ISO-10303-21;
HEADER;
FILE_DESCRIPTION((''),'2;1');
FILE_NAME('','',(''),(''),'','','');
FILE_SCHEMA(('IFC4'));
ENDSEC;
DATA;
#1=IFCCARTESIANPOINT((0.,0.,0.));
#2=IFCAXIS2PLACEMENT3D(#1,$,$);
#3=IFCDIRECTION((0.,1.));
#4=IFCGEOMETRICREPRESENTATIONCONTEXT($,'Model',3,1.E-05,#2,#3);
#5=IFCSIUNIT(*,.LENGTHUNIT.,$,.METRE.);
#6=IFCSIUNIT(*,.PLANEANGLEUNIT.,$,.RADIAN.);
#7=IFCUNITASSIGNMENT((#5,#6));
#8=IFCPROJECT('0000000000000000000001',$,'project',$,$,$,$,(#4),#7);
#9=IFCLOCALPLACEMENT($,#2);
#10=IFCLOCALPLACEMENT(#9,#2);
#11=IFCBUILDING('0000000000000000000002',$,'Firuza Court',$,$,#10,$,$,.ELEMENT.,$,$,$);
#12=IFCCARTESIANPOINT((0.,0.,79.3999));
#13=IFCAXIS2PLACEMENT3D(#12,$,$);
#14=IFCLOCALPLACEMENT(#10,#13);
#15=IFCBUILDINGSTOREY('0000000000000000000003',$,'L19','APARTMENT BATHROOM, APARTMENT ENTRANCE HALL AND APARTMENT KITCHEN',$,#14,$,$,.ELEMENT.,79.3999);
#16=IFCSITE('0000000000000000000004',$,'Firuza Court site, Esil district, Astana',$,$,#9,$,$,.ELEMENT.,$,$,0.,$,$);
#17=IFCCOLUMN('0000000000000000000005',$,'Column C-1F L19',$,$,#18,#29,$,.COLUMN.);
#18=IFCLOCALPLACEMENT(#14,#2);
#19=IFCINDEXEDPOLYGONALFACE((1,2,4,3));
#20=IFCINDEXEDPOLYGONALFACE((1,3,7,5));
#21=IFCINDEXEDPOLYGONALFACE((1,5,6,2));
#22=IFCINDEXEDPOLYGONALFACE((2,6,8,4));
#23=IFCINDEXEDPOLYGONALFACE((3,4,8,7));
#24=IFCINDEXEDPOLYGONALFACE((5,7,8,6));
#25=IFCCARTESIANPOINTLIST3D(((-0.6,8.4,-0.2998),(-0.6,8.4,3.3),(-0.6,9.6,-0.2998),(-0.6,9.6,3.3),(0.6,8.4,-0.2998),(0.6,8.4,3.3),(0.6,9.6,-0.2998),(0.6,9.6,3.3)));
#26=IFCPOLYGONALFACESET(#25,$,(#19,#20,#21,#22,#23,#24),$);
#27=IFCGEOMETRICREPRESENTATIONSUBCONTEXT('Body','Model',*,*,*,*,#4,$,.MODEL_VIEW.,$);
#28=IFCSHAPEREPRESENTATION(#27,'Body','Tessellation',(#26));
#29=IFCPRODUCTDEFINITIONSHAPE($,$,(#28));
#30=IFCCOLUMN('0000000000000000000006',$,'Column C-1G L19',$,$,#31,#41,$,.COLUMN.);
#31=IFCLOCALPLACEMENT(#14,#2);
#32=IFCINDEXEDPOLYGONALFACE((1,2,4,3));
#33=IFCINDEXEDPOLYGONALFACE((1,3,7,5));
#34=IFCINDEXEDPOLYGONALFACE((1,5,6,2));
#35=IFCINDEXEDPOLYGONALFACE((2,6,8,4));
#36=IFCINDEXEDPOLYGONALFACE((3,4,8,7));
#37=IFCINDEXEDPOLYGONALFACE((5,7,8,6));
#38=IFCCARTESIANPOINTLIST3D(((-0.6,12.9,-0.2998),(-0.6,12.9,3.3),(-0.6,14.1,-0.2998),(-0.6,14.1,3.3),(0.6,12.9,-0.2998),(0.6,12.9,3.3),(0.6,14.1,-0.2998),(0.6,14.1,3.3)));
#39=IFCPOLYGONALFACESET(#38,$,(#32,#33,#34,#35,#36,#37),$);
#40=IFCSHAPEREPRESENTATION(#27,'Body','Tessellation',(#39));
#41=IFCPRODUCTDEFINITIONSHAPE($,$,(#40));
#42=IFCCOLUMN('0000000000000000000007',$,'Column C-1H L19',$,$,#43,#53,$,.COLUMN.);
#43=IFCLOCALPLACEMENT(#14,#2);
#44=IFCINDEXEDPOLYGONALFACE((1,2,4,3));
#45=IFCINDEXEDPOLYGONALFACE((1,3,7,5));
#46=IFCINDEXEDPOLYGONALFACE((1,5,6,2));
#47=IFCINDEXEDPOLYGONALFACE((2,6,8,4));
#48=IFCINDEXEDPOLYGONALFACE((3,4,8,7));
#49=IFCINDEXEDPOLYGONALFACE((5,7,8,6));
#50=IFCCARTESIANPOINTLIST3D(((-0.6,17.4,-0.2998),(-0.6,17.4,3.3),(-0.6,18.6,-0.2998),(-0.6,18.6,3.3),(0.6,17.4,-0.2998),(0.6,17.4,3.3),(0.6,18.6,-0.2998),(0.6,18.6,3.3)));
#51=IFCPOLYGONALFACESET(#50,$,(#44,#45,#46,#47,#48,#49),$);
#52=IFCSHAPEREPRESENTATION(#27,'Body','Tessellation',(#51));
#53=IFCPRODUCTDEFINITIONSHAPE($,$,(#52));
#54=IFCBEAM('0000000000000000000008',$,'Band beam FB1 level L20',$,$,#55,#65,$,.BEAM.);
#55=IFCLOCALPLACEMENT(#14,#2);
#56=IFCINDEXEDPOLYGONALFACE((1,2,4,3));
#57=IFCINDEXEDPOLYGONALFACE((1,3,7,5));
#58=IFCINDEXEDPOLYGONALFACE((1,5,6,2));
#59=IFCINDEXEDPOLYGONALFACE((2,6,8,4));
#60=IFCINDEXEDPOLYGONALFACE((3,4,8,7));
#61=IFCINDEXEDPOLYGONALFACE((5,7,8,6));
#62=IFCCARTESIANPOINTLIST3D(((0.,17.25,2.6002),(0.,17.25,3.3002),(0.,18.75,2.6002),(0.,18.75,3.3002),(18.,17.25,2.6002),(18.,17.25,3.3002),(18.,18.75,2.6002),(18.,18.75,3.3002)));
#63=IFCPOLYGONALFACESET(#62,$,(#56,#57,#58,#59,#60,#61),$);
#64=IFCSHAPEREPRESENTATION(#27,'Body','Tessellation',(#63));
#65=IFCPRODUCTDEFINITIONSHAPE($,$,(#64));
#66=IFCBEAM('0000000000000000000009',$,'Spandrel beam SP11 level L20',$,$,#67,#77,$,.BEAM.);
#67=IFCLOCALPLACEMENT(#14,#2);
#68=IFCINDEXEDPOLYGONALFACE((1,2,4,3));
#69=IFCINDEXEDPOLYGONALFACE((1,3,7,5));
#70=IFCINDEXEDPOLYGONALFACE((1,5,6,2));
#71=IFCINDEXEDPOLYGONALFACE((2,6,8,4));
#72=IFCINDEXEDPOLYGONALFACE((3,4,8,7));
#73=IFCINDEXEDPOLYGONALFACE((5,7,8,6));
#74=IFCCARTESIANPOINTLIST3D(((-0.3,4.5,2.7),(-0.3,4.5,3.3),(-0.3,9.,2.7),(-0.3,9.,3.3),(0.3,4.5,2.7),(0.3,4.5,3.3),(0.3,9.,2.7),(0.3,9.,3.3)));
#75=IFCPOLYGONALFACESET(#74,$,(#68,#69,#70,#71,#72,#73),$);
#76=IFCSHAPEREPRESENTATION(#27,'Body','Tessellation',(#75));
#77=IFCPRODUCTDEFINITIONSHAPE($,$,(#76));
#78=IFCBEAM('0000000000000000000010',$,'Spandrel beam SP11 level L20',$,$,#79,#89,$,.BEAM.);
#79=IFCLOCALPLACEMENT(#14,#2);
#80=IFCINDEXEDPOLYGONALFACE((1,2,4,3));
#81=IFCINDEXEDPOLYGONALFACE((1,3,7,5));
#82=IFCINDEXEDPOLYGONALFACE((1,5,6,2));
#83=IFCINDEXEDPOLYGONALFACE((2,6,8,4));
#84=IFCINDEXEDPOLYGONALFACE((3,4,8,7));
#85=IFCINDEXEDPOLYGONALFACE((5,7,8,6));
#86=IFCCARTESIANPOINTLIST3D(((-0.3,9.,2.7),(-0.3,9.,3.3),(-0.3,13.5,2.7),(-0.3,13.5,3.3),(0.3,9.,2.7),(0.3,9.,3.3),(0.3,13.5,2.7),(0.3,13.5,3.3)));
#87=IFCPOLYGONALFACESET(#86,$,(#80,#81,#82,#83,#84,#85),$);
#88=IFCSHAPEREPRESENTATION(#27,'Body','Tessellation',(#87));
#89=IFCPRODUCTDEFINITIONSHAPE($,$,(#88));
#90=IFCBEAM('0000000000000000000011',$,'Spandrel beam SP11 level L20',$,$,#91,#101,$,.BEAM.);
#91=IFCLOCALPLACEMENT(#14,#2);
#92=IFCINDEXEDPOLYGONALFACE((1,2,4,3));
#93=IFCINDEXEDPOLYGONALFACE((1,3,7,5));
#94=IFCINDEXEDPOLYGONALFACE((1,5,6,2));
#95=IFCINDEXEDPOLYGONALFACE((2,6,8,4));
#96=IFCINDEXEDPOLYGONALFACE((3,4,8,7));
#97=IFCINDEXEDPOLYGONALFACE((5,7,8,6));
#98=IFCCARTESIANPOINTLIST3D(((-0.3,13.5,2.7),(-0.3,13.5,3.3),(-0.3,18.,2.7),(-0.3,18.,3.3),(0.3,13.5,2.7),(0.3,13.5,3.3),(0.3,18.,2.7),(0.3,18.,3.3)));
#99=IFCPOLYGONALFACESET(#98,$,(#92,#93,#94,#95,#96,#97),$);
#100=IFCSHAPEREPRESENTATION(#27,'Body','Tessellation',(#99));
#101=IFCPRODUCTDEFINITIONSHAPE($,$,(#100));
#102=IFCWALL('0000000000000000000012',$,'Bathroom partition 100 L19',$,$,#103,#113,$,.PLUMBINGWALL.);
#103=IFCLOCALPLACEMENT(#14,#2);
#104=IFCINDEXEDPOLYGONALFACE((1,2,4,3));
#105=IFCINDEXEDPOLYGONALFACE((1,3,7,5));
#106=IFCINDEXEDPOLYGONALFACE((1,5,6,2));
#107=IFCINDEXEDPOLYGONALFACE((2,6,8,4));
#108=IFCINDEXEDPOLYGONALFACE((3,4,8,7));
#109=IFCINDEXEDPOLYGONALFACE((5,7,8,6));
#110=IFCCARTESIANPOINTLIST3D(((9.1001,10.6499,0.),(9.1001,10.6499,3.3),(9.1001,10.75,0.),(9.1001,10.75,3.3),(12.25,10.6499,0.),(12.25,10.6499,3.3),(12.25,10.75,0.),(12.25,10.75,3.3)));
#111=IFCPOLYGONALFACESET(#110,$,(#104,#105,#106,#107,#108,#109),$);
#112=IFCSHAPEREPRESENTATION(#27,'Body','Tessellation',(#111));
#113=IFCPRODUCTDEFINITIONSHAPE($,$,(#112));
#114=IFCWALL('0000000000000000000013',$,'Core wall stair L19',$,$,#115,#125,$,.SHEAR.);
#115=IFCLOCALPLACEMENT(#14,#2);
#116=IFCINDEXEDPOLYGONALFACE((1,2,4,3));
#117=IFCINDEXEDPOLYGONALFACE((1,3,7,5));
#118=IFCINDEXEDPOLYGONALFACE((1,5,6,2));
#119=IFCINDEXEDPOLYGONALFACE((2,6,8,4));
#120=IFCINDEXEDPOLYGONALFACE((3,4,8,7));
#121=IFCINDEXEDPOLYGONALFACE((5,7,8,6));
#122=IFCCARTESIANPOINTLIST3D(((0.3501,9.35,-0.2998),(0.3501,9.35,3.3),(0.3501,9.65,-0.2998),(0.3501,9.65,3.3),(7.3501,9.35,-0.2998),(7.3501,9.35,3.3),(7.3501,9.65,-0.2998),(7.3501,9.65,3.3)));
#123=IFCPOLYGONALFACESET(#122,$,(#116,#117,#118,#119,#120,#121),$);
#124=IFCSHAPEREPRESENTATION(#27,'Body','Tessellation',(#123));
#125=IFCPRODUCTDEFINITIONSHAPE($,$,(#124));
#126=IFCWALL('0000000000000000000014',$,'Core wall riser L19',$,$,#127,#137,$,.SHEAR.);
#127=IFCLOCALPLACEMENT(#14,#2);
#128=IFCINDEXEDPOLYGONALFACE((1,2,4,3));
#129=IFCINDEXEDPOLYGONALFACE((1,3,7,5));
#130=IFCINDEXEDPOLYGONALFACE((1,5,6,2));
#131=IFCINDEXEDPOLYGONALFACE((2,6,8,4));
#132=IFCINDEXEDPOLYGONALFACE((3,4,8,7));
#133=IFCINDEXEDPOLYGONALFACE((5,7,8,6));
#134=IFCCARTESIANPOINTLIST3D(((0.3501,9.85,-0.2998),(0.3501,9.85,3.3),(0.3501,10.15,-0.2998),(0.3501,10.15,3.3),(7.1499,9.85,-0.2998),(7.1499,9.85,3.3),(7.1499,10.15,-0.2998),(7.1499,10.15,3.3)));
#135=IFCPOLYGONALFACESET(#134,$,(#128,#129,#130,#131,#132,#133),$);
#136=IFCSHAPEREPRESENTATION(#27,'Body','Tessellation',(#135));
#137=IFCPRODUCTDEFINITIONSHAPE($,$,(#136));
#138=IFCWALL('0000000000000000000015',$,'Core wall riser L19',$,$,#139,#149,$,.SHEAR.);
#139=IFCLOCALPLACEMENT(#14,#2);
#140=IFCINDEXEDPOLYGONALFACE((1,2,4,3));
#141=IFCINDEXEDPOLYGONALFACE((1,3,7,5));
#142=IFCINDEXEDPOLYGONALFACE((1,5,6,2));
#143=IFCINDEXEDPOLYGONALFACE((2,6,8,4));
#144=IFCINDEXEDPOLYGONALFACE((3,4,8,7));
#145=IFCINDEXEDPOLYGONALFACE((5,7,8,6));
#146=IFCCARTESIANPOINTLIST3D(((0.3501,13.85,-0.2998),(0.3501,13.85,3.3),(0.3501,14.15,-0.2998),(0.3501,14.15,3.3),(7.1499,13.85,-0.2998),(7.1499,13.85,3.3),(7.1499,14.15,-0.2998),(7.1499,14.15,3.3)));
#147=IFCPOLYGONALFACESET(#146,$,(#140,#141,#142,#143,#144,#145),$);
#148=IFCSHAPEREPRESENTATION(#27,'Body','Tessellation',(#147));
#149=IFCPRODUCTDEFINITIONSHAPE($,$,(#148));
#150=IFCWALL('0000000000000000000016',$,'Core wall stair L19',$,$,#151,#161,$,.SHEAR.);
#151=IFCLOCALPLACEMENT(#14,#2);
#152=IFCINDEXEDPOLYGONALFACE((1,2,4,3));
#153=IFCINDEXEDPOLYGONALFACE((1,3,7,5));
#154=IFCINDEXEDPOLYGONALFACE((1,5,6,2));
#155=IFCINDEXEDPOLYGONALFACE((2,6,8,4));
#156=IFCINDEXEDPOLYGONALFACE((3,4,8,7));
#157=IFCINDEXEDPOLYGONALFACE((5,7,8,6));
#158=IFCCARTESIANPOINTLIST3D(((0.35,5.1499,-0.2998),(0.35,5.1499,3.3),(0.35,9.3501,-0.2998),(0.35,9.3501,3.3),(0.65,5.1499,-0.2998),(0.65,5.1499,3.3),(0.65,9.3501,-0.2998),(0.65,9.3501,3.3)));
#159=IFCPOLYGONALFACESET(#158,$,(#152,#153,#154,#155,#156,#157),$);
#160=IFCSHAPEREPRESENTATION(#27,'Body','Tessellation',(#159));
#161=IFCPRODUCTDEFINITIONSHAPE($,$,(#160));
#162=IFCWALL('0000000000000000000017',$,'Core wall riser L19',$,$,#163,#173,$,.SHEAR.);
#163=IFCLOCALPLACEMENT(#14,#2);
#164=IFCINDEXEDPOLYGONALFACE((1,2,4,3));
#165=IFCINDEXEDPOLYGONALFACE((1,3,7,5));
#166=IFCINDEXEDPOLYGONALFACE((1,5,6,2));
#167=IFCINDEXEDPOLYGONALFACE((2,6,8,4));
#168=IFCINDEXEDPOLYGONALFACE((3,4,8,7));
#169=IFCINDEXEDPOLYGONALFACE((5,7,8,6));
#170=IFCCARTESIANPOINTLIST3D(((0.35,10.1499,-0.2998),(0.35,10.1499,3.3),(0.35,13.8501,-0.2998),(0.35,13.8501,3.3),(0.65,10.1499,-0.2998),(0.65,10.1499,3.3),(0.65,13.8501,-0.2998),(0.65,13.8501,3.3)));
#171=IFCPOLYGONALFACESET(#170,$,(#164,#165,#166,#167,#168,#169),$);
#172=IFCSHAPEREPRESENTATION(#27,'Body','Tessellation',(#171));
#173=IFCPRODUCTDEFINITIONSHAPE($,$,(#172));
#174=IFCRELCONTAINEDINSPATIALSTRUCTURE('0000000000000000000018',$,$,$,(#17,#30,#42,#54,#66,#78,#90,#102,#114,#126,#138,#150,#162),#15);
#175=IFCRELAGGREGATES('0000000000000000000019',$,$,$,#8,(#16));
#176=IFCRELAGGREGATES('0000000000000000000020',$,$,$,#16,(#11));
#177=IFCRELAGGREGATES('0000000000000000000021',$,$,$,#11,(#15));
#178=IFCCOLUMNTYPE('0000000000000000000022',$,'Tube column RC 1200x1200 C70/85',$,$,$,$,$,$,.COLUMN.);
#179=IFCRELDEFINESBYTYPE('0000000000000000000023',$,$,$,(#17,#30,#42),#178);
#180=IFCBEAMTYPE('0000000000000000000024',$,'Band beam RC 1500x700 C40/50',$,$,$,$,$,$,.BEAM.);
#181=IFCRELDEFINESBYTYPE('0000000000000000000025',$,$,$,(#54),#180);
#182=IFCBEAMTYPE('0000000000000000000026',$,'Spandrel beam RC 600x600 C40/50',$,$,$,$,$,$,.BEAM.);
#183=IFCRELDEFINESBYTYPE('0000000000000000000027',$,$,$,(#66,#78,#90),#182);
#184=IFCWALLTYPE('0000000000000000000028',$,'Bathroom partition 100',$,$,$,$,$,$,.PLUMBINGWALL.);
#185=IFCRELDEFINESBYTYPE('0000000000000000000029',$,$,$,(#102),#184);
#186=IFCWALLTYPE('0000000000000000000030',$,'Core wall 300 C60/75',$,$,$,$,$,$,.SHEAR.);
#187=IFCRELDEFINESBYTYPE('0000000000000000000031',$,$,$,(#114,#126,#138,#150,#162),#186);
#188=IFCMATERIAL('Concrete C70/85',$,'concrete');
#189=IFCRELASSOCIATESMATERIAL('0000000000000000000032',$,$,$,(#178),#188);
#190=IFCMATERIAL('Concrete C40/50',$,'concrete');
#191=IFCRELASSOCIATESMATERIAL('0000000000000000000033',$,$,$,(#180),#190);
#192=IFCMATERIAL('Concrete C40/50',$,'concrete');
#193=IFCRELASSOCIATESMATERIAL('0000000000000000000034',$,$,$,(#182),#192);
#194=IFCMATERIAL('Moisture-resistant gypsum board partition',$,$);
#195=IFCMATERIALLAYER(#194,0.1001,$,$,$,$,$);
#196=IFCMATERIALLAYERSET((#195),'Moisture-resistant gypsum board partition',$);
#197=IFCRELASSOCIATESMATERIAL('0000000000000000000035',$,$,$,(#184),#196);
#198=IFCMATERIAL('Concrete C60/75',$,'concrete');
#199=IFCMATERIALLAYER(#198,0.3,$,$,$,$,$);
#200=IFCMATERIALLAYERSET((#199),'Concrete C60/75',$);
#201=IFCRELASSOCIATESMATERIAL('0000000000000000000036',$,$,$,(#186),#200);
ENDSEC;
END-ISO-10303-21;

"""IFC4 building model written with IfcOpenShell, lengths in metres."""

from ifc_helpers import new_model, si_unit, direction, frame, frame_2d, origin, origin_2d, place, context, subcontext, project, spatial, rectangle, extrude, material, layer, layer_set, material_profile, profile_set, type_object, element, save


model = new_model("IFC4")

# Units and contexts
model_context = context("Model", 3, precision=1e-05, world=origin(), true_north=direction((0.0, 1.0)))
body_context = subcontext(model_context, "Body", "Model", "MODEL_VIEW")
ifc_project = project(units=[si_unit("LENGTHUNIT", "METRE"), si_unit("PLANEANGLEUNIT", "RADIAN")], contexts=[model_context])

# Site, building, storey
site_placement = place(None, origin())
site = spatial("IfcSite", under=ifc_project, at=site_placement, Name="Firuza Court site, Esil district, Astana", CompositionType="ELEMENT", RefElevation=0.0)
building_placement = place(site_placement, origin())
building = spatial("IfcBuilding", under=site, at=building_placement, Name="Firuza Court", CompositionType="ELEMENT")
storey_placement = place(building_placement, frame((0.0, 0.0, 79.3999)))
storey = spatial("IfcBuildingStorey", under=building, at=storey_placement, Name="L19", Description="APARTMENT BATHROOM, APARTMENT ENTRANCE HALL AND APARTMENT KITCHEN", CompositionType="ELEMENT", Elevation=79.3999)

# Columns
ifc_material_1 = material(Name="Concrete C70/85", Category="concrete")
ifc_material_profile_1 = material_profile(ifc_material_1, rectangle(XDim=1.2, YDim=1.2, at=origin_2d()), Name="RC 1200x1200")
ifc_profile_set_1 = profile_set([ifc_material_profile_1], Name="Concrete C70/85")
column_type = type_object("IfcColumnType", Name="Tube column RC 1200x1200 C70/85", PredefinedType="COLUMN", material=ifc_profile_set_1)
for number, where, z_axis, x_axis, name in (
    (1, (0.0, 9.0, -0.2998), (0.0, 0.0, 1.0), (1.0, 0.0, 0.0), "Column C-1F L19"),
    (2, (0.0, 13.5, -0.2998), (0.0, 0.0, 1.0), (1.0, 0.0, 0.0), "Column C-1G L19"),
    (3, (0.0, 18.0, -0.2998), (0.0, 0.0, 1.0), (1.0, 0.0, 0.0), "Column C-1H L19"),
):
    element("IfcColumn", number, at=place(storey_placement, frame(where, z_axis=z_axis, x_axis=x_axis)), inside=storey, type_object=column_type, Name=name, PredefinedType="COLUMN", context=body_context, shape_type="SweptSolid", body=[
        extrude(rectangle(XDim=1.2, YDim=1.2, at=origin_2d()), origin(), (0.0, 0.0, 1.0), 3.5999),
    ])

# Beams
ifc_material_2 = material(Name="Concrete C40/50", Category="concrete")
ifc_material_profile_2 = material_profile(ifc_material_2, rectangle(XDim=1.5, YDim=0.7, at=origin_2d()), Name="RC 1500x700")
ifc_profile_set_2 = profile_set([ifc_material_profile_2], Name="Concrete C40/50")
beam_type_1 = type_object("IfcBeamType", Name="Band beam RC 1500x700 C40/50", PredefinedType="BEAM", material=ifc_profile_set_2)
beam_placement = place(storey_placement, frame((0.0, 18.0, 2.9502), z_axis=(1.0, 0.0, 0.0), x_axis=(0.0, 1.0, 0.0)))
element("IfcBeam", 4, at=beam_placement, inside=storey, type_object=beam_type_1, Name="Band beam FB1 level L20", PredefinedType="BEAM", context=body_context, shape_type="SweptSolid", body=[
    extrude(rectangle(XDim=1.5, YDim=0.7, at=origin_2d()), origin(), (0.0, 0.0, 1.0), 18.0),
])
ifc_material_3 = material(Name="Concrete C40/50", Category="concrete")
ifc_material_profile_3 = material_profile(ifc_material_3, rectangle(XDim=0.6001, YDim=0.6001, at=origin_2d()), Name="RC 600x600")
ifc_profile_set_3 = profile_set([ifc_material_profile_3], Name="Concrete C40/50")
beam_type_2 = type_object("IfcBeamType", Name="Spandrel beam RC 600x600 C40/50", PredefinedType="BEAM", material=ifc_profile_set_3)
for number, where, z_axis, x_axis, name in (
    (5, (0.0, 9.0, 3.0), (0.0, -1.0, 0.0), (1.0, 0.0, 0.0), "Spandrel beam SP11 level L20"),
    (6, (0.0, 13.5, 3.0), (0.0, -1.0, 0.0), (1.0, 0.0, 0.0), "Spandrel beam SP11 level L20"),
    (7, (0.0, 18.0, 3.0), (0.0, -1.0, 0.0), (1.0, 0.0, 0.0), "Spandrel beam SP11 level L20"),
):
    element("IfcBeam", number, at=place(storey_placement, frame(where, z_axis=z_axis, x_axis=x_axis)), inside=storey, type_object=beam_type_2, Name=name, PredefinedType="BEAM", context=body_context, shape_type="SweptSolid", body=[
        extrude(rectangle(XDim=0.6001, YDim=0.6001, at=origin_2d()), origin(), (0.0, 0.0, 1.0), 4.5),
    ])

# Walls
ifc_material_4 = material(Name="Moisture-resistant gypsum board partition")
ifc_layer_1 = layer(ifc_material_4, 0.1001)
ifc_layer_set_1 = layer_set([ifc_layer_1], Name="Moisture-resistant gypsum board partition")
wall_type_1 = type_object("IfcWallType", Name="Bathroom partition 100", PredefinedType="PLUMBINGWALL", material=ifc_layer_set_1)
wall_1_placement = place(storey_placement, frame((9.1001, 10.7, 0.0), z_axis=(0.0, 0.0, 1.0), x_axis=(1.0, 0.0, 0.0)))
element("IfcWall", 8, at=wall_1_placement, inside=storey, type_object=wall_type_1, Name="Bathroom partition 100 L19", PredefinedType="PLUMBINGWALL", context=body_context, shape_type="SweptSolid", body=[
    extrude(rectangle(XDim=3.1499, YDim=0.1001, at=frame_2d((1.575, 0.0))), origin(), (0.0, 0.0, 1.0), 3.3),
])
ifc_material_5 = material(Name="Concrete C60/75", Category="concrete")
ifc_layer_2 = layer(ifc_material_5, 0.3)
ifc_layer_set_2 = layer_set([ifc_layer_2], Name="Concrete C60/75")
wall_type_2 = type_object("IfcWallType", Name="Core wall 300 C60/75", PredefinedType="SHEAR", material=ifc_layer_set_2)
wall_2_placement = place(storey_placement, frame((0.3501, 9.5, -0.2998), z_axis=(0.0, 0.0, 1.0), x_axis=(1.0, 0.0, 0.0)))
element("IfcWall", 9, at=wall_2_placement, inside=storey, type_object=wall_type_2, Name="Core wall stair L19", PredefinedType="SHEAR", context=body_context, shape_type="SweptSolid", body=[
    extrude(rectangle(XDim=7.0, YDim=0.3, at=frame_2d((3.5, 0.0))), origin(), (0.0, 0.0, 1.0), 3.5999),
])
for number, where, z_axis, x_axis, name in (
    (10, (0.3501, 10.0, -0.2998), (0.0, 0.0, 1.0), (1.0, 0.0, 0.0), "Core wall riser L19"),
    (11, (0.3501, 14.0, -0.2998), (0.0, 0.0, 1.0), (1.0, 0.0, 0.0), "Core wall riser L19"),
):
    element("IfcWall", number, at=place(storey_placement, frame(where, z_axis=z_axis, x_axis=x_axis)), inside=storey, type_object=wall_type_2, Name=name, PredefinedType="SHEAR", context=body_context, shape_type="SweptSolid", body=[
        extrude(rectangle(XDim=6.7998, YDim=0.3, at=frame_2d((3.3999, 0.0))), origin(), (0.0, 0.0, 1.0), 3.5999),
    ])
wall_3_placement = place(storey_placement, frame((0.5, 5.1499, -0.2998), z_axis=(0.0, 0.0, 1.0), x_axis=(0.0, 1.0, 0.0)))
element("IfcWall", 12, at=wall_3_placement, inside=storey, type_object=wall_type_2, Name="Core wall stair L19", PredefinedType="SHEAR", context=body_context, shape_type="SweptSolid", body=[
    extrude(rectangle(XDim=4.2002, YDim=0.3, at=frame_2d((2.1001, 0.0))), origin(), (0.0, 0.0, 1.0), 3.5999),
])
wall_4_placement = place(storey_placement, frame((0.5, 10.1499, -0.2998), z_axis=(0.0, 0.0, 1.0), x_axis=(0.0, 1.0, 0.0)))
element("IfcWall", 13, at=wall_4_placement, inside=storey, type_object=wall_type_2, Name="Core wall riser L19", PredefinedType="SHEAR", context=body_context, shape_type="SweptSolid", body=[
    extrude(rectangle(XDim=3.7002, YDim=0.3, at=frame_2d((1.8501, 0.0))), origin(), (0.0, 0.0, 1.0), 3.5999),
])

save(model, "model.ifc")
